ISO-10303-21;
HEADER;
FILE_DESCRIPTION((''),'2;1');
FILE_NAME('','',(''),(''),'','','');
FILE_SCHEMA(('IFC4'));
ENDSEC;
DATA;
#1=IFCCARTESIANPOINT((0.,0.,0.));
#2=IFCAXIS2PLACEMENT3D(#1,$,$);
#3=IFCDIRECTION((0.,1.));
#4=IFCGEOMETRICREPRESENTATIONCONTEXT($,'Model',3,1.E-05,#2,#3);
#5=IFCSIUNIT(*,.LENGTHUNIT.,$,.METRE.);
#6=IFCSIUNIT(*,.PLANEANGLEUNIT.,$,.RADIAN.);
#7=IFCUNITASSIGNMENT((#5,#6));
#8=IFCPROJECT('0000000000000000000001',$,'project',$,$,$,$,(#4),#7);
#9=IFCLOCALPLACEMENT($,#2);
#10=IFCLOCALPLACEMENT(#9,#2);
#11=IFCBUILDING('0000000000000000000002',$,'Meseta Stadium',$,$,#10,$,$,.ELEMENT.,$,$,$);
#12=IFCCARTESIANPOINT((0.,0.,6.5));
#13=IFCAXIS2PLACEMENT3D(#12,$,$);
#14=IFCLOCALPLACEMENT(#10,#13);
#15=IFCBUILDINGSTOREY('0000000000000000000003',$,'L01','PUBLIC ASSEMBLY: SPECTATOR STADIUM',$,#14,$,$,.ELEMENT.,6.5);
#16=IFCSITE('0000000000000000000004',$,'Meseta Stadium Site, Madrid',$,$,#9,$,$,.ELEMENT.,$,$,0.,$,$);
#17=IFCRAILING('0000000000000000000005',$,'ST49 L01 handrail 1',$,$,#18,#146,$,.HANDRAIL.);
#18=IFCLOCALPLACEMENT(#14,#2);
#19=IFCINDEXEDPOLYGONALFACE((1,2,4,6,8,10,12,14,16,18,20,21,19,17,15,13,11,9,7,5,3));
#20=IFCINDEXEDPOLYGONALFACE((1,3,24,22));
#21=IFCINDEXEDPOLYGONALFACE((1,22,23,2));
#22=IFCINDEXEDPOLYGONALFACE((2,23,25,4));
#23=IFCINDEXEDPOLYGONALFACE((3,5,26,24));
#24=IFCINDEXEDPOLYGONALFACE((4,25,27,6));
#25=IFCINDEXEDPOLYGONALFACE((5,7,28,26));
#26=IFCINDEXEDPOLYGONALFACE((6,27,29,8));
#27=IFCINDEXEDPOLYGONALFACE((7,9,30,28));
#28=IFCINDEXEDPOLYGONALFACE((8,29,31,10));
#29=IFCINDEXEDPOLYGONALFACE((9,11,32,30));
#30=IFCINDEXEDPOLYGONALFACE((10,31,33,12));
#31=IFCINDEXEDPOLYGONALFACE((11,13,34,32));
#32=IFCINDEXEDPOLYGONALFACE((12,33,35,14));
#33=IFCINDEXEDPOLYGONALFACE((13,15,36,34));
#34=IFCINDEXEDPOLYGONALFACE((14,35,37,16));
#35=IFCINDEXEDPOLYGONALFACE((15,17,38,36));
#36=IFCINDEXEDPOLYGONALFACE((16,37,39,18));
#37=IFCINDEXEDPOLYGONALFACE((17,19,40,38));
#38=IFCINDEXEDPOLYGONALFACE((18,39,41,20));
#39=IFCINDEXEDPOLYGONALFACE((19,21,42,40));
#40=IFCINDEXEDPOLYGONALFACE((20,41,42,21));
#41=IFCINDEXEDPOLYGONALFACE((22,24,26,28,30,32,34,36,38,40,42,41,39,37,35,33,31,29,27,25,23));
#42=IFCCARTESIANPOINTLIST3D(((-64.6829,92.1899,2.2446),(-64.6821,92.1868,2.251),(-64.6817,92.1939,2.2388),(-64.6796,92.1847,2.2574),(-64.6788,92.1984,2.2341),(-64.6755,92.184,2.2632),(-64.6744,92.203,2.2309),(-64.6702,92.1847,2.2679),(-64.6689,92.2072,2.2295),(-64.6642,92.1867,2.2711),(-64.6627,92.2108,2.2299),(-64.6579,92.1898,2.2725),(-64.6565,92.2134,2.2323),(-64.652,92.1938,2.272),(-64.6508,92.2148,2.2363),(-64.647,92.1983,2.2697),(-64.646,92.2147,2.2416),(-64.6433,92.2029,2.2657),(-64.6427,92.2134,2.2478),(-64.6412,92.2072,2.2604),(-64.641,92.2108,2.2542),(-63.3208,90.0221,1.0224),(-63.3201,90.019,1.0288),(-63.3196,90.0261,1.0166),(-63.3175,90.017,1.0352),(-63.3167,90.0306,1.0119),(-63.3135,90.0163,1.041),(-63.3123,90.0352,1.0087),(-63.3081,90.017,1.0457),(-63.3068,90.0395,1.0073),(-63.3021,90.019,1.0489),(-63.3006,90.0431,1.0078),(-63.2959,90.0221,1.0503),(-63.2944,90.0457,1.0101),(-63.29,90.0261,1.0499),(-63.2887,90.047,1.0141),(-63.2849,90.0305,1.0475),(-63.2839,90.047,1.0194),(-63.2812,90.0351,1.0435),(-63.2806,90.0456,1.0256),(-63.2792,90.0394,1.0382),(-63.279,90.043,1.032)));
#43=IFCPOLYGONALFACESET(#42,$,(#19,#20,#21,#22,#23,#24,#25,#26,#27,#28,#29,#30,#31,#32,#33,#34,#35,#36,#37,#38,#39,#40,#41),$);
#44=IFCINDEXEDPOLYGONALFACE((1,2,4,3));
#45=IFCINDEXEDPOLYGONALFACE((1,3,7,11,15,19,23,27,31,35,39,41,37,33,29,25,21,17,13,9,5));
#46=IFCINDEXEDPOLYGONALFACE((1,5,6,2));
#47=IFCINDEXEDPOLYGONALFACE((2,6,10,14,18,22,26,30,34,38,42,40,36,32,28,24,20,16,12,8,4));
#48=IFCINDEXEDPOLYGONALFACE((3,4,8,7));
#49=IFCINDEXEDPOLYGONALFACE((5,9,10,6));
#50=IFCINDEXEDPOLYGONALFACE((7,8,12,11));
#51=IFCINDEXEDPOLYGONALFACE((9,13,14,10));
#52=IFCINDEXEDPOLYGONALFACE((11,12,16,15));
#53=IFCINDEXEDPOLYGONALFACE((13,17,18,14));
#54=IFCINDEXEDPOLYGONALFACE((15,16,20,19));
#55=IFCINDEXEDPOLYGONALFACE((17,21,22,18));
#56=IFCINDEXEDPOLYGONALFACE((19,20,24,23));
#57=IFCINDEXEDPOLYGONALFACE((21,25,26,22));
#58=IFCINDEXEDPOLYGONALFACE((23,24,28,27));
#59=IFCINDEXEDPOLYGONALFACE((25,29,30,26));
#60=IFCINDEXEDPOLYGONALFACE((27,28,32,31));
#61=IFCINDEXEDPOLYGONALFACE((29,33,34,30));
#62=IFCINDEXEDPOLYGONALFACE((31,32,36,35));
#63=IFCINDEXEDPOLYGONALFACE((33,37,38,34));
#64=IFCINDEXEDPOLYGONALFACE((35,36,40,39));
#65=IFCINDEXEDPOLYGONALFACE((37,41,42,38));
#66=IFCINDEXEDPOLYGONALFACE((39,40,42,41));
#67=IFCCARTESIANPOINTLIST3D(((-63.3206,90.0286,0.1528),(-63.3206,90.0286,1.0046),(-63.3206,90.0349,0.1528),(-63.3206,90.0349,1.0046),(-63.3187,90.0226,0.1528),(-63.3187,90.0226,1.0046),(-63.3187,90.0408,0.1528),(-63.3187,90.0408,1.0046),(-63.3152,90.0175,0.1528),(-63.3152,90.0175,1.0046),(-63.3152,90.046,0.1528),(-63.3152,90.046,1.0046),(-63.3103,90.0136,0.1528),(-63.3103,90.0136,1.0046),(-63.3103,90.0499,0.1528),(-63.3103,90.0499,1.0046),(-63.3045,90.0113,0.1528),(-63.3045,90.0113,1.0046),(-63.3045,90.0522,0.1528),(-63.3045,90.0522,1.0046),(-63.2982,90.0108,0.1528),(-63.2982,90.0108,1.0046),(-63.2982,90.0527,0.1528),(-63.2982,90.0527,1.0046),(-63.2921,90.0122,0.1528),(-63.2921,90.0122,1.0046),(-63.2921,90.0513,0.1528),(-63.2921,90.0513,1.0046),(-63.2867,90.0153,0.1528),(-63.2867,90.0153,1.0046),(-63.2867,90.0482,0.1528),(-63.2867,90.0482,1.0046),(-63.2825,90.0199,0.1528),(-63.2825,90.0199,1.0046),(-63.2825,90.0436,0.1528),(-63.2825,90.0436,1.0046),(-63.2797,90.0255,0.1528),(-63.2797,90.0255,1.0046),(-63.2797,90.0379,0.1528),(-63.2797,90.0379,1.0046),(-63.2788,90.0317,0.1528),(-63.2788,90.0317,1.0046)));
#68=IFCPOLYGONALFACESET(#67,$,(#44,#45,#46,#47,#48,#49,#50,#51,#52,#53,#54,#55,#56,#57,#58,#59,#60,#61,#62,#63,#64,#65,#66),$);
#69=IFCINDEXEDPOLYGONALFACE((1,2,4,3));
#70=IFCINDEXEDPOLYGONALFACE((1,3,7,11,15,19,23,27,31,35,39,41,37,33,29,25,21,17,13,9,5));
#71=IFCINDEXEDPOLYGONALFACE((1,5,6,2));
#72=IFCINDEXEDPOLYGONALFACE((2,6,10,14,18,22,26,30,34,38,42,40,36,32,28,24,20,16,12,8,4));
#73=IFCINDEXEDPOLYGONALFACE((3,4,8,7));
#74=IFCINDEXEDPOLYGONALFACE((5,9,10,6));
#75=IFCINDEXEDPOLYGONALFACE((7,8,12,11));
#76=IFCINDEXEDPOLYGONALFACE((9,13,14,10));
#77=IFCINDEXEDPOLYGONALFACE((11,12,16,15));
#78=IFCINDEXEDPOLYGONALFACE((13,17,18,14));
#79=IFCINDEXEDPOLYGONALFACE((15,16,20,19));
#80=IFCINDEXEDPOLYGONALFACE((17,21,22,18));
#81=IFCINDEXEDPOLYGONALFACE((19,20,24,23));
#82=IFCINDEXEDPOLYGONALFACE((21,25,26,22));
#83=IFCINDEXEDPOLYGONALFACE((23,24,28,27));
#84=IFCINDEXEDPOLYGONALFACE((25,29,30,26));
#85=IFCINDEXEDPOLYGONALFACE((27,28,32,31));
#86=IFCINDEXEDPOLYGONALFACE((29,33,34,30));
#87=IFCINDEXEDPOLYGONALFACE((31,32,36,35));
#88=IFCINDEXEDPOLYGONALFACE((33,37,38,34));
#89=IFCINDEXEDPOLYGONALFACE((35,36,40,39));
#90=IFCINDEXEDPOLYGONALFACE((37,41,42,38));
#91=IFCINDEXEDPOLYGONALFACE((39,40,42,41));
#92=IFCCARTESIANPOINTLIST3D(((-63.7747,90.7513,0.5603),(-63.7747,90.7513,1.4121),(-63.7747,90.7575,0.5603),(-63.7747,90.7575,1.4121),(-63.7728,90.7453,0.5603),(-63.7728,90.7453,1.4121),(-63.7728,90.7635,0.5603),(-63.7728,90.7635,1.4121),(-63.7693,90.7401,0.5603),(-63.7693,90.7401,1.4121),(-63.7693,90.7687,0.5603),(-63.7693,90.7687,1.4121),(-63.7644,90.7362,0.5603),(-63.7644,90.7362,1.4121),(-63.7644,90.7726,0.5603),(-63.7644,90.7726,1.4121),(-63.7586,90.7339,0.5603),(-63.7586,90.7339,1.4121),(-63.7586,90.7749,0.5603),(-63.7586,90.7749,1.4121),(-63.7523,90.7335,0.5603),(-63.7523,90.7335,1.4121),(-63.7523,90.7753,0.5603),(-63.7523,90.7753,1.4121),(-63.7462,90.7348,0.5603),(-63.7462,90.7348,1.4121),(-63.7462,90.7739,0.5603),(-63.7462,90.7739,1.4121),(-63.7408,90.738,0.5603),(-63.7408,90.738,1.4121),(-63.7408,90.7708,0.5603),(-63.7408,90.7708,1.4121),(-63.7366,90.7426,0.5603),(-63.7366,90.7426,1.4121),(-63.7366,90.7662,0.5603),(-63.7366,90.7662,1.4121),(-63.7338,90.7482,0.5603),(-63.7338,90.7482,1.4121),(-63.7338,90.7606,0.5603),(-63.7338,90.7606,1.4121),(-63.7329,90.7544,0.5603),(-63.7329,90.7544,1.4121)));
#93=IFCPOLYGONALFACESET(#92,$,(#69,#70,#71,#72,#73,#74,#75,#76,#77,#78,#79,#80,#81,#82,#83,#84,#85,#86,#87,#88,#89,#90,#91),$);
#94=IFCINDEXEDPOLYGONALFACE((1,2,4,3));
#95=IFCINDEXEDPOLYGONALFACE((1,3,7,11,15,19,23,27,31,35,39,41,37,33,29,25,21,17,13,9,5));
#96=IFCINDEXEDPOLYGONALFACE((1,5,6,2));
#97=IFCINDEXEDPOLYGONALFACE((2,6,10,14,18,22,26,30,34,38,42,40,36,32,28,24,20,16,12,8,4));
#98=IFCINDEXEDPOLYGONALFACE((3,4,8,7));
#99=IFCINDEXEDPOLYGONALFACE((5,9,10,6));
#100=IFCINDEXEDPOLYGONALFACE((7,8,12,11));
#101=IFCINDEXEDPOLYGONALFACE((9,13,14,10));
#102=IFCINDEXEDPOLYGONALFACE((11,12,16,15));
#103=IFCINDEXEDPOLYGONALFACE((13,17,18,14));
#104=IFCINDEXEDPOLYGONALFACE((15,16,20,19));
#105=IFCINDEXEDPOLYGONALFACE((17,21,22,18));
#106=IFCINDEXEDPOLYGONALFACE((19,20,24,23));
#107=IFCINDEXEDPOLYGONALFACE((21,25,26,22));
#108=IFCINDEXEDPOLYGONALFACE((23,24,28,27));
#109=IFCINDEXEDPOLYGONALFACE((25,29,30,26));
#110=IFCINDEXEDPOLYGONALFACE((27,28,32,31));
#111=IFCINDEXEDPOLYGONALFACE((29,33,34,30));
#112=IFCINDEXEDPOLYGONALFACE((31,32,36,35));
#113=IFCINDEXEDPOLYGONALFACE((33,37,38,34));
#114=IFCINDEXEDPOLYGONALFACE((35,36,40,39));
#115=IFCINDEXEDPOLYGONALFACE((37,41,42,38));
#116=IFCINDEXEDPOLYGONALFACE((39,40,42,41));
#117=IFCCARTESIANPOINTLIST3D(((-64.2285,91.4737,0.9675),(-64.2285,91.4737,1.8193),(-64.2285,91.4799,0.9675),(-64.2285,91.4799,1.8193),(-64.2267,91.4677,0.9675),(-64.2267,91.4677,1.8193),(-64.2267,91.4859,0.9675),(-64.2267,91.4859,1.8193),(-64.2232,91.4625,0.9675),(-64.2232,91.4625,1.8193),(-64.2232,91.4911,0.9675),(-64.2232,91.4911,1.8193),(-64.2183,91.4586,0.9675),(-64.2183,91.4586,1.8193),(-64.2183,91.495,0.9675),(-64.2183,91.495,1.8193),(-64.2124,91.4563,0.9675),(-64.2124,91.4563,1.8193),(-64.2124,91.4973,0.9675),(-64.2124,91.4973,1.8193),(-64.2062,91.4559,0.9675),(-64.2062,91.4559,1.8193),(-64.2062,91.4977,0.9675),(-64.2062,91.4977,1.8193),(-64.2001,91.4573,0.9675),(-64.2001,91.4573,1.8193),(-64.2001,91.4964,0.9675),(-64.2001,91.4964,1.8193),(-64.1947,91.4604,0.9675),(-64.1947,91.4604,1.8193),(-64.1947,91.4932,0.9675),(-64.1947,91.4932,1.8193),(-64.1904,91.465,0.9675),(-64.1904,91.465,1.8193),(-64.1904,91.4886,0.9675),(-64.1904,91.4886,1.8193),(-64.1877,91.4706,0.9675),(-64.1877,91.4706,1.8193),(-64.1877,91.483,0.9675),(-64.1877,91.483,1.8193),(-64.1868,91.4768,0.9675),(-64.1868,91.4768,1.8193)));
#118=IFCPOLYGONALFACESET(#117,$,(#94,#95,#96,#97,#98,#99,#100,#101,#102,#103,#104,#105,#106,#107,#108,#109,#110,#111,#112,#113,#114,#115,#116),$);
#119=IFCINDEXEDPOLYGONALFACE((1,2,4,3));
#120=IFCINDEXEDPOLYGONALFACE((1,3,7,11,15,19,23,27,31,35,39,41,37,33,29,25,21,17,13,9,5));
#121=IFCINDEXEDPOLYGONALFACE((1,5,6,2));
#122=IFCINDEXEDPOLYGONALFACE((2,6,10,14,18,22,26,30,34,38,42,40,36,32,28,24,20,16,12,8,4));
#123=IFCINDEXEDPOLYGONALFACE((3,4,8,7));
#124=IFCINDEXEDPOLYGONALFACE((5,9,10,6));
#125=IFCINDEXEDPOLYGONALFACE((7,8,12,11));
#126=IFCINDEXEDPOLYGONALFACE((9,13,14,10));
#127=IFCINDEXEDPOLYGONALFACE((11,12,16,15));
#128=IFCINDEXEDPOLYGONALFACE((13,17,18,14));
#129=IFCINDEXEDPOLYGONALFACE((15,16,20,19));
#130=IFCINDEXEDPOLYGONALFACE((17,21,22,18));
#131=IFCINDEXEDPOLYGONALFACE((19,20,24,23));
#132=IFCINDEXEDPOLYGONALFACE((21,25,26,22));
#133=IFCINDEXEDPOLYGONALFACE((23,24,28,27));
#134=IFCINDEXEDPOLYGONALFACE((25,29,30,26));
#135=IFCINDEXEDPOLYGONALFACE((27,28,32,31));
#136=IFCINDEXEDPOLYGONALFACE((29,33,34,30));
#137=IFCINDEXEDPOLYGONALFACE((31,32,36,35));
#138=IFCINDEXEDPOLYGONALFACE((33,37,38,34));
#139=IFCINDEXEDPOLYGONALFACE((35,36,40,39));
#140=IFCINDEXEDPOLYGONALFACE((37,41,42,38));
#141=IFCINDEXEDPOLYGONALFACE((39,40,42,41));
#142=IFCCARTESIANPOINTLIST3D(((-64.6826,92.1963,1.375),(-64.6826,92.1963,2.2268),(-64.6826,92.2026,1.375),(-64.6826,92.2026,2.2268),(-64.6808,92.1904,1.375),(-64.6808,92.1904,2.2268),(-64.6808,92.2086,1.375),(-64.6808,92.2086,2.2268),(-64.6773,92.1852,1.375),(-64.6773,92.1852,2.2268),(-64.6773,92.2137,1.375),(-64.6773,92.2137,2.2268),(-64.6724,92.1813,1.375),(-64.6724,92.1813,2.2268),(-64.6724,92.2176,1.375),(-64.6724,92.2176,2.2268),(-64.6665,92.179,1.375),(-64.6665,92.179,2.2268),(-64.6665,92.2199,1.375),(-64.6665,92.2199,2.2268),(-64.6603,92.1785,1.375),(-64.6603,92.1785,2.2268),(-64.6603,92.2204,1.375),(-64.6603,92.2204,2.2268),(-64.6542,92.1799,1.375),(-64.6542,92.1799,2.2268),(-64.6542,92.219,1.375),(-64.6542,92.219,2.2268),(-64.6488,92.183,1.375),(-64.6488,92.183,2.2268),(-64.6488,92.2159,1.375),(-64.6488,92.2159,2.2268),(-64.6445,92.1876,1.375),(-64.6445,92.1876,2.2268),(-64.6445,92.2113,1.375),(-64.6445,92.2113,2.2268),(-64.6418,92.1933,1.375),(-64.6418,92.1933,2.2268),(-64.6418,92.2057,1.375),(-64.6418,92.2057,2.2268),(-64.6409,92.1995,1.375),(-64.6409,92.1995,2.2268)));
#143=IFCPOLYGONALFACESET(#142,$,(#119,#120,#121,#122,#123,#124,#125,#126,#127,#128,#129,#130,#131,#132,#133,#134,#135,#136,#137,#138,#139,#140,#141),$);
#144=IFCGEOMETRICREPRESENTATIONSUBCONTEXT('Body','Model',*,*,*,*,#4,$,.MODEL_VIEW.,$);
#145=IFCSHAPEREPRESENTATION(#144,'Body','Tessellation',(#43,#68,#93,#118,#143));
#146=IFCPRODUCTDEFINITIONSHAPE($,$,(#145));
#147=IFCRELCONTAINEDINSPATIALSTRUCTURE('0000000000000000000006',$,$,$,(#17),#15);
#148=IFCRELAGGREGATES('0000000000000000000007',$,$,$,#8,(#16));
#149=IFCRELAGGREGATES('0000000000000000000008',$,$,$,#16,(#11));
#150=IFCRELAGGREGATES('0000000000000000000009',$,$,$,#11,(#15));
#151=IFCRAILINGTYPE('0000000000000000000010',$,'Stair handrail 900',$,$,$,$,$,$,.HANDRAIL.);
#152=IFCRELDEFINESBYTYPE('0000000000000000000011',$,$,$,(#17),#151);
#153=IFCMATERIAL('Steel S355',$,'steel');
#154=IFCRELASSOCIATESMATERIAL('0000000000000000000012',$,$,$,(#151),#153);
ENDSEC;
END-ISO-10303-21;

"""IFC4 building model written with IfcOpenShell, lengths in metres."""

from ifc_helpers import new_model, si_unit, direction, frame, origin, origin_2d, place, context, subcontext, project, spatial, circle, extrude, material, type_object, element, save


model = new_model("IFC4")

# Units and contexts
model_context = context("Model", 3, precision=1e-05, world=origin(), true_north=direction((0.0, 1.0)))
body_context = subcontext(model_context, "Body", "Model", "MODEL_VIEW")
ifc_project = project(units=[si_unit("LENGTHUNIT", "METRE"), si_unit("PLANEANGLEUNIT", "RADIAN")], contexts=[model_context])

# Site, building, storey
site_placement = place(None, origin())
site = spatial("IfcSite", under=ifc_project, at=site_placement, Name="Meseta Stadium Site, Madrid", CompositionType="ELEMENT", RefElevation=0.0)
building_placement = place(site_placement, origin())
building = spatial("IfcBuilding", under=site, at=building_placement, Name="Meseta Stadium", CompositionType="ELEMENT")
storey_placement = place(building_placement, frame((0.0, 0.0, 6.5)))
storey = spatial("IfcBuildingStorey", under=building, at=storey_placement, Name="L01", Description="PUBLIC ASSEMBLY: SPECTATOR STADIUM", CompositionType="ELEMENT", Elevation=6.5)

# Railing
ifc_material_1 = material(Name="Steel S355", Category="steel")
railing_type_1 = type_object("IfcRailingType", Name="Stair handrail 900", PredefinedType="HANDRAIL", material=ifc_material_1)
railing_1_placement = place(storey_placement, frame((-63.2998, 90.0317, 0.1528)))
element("IfcRailing", 1, at=railing_1_placement, inside=storey, type_object=railing_type_1, Name="ST49 L01 handrail 1", PredefinedType="HANDRAIL", context=body_context, shape_type="SweptSolid", body=[
    extrude(circle(Radius=0.0239, at=origin_2d()), frame((0.0, 0.0, 0.876), z_axis=(-0.480125, 0.764121, 0.430813), x_axis=(-0.846726, -0.532029, 0.0)), (0.0, 0.0, 1.0), 2.8369),
    extrude(circle(Radius=0.021, at=origin_2d()), origin(), (0.0, 0.0, 1.0), 0.8518),
    extrude(circle(Radius=0.021, at=origin_2d()), frame((-0.4541, 0.7227, 0.4075)), (0.0, 0.0, 1.0), 0.8518),
    extrude(circle(Radius=0.021, at=origin_2d()), frame((-0.908, 1.4451, 0.8147)), (0.0, 0.0, 1.0), 0.8518),
    extrude(circle(Radius=0.021, at=origin_2d()), frame((-1.3621, 2.1677, 1.2222)), (0.0, 0.0, 1.0), 0.8518),
])

save(model, "model.ifc")
